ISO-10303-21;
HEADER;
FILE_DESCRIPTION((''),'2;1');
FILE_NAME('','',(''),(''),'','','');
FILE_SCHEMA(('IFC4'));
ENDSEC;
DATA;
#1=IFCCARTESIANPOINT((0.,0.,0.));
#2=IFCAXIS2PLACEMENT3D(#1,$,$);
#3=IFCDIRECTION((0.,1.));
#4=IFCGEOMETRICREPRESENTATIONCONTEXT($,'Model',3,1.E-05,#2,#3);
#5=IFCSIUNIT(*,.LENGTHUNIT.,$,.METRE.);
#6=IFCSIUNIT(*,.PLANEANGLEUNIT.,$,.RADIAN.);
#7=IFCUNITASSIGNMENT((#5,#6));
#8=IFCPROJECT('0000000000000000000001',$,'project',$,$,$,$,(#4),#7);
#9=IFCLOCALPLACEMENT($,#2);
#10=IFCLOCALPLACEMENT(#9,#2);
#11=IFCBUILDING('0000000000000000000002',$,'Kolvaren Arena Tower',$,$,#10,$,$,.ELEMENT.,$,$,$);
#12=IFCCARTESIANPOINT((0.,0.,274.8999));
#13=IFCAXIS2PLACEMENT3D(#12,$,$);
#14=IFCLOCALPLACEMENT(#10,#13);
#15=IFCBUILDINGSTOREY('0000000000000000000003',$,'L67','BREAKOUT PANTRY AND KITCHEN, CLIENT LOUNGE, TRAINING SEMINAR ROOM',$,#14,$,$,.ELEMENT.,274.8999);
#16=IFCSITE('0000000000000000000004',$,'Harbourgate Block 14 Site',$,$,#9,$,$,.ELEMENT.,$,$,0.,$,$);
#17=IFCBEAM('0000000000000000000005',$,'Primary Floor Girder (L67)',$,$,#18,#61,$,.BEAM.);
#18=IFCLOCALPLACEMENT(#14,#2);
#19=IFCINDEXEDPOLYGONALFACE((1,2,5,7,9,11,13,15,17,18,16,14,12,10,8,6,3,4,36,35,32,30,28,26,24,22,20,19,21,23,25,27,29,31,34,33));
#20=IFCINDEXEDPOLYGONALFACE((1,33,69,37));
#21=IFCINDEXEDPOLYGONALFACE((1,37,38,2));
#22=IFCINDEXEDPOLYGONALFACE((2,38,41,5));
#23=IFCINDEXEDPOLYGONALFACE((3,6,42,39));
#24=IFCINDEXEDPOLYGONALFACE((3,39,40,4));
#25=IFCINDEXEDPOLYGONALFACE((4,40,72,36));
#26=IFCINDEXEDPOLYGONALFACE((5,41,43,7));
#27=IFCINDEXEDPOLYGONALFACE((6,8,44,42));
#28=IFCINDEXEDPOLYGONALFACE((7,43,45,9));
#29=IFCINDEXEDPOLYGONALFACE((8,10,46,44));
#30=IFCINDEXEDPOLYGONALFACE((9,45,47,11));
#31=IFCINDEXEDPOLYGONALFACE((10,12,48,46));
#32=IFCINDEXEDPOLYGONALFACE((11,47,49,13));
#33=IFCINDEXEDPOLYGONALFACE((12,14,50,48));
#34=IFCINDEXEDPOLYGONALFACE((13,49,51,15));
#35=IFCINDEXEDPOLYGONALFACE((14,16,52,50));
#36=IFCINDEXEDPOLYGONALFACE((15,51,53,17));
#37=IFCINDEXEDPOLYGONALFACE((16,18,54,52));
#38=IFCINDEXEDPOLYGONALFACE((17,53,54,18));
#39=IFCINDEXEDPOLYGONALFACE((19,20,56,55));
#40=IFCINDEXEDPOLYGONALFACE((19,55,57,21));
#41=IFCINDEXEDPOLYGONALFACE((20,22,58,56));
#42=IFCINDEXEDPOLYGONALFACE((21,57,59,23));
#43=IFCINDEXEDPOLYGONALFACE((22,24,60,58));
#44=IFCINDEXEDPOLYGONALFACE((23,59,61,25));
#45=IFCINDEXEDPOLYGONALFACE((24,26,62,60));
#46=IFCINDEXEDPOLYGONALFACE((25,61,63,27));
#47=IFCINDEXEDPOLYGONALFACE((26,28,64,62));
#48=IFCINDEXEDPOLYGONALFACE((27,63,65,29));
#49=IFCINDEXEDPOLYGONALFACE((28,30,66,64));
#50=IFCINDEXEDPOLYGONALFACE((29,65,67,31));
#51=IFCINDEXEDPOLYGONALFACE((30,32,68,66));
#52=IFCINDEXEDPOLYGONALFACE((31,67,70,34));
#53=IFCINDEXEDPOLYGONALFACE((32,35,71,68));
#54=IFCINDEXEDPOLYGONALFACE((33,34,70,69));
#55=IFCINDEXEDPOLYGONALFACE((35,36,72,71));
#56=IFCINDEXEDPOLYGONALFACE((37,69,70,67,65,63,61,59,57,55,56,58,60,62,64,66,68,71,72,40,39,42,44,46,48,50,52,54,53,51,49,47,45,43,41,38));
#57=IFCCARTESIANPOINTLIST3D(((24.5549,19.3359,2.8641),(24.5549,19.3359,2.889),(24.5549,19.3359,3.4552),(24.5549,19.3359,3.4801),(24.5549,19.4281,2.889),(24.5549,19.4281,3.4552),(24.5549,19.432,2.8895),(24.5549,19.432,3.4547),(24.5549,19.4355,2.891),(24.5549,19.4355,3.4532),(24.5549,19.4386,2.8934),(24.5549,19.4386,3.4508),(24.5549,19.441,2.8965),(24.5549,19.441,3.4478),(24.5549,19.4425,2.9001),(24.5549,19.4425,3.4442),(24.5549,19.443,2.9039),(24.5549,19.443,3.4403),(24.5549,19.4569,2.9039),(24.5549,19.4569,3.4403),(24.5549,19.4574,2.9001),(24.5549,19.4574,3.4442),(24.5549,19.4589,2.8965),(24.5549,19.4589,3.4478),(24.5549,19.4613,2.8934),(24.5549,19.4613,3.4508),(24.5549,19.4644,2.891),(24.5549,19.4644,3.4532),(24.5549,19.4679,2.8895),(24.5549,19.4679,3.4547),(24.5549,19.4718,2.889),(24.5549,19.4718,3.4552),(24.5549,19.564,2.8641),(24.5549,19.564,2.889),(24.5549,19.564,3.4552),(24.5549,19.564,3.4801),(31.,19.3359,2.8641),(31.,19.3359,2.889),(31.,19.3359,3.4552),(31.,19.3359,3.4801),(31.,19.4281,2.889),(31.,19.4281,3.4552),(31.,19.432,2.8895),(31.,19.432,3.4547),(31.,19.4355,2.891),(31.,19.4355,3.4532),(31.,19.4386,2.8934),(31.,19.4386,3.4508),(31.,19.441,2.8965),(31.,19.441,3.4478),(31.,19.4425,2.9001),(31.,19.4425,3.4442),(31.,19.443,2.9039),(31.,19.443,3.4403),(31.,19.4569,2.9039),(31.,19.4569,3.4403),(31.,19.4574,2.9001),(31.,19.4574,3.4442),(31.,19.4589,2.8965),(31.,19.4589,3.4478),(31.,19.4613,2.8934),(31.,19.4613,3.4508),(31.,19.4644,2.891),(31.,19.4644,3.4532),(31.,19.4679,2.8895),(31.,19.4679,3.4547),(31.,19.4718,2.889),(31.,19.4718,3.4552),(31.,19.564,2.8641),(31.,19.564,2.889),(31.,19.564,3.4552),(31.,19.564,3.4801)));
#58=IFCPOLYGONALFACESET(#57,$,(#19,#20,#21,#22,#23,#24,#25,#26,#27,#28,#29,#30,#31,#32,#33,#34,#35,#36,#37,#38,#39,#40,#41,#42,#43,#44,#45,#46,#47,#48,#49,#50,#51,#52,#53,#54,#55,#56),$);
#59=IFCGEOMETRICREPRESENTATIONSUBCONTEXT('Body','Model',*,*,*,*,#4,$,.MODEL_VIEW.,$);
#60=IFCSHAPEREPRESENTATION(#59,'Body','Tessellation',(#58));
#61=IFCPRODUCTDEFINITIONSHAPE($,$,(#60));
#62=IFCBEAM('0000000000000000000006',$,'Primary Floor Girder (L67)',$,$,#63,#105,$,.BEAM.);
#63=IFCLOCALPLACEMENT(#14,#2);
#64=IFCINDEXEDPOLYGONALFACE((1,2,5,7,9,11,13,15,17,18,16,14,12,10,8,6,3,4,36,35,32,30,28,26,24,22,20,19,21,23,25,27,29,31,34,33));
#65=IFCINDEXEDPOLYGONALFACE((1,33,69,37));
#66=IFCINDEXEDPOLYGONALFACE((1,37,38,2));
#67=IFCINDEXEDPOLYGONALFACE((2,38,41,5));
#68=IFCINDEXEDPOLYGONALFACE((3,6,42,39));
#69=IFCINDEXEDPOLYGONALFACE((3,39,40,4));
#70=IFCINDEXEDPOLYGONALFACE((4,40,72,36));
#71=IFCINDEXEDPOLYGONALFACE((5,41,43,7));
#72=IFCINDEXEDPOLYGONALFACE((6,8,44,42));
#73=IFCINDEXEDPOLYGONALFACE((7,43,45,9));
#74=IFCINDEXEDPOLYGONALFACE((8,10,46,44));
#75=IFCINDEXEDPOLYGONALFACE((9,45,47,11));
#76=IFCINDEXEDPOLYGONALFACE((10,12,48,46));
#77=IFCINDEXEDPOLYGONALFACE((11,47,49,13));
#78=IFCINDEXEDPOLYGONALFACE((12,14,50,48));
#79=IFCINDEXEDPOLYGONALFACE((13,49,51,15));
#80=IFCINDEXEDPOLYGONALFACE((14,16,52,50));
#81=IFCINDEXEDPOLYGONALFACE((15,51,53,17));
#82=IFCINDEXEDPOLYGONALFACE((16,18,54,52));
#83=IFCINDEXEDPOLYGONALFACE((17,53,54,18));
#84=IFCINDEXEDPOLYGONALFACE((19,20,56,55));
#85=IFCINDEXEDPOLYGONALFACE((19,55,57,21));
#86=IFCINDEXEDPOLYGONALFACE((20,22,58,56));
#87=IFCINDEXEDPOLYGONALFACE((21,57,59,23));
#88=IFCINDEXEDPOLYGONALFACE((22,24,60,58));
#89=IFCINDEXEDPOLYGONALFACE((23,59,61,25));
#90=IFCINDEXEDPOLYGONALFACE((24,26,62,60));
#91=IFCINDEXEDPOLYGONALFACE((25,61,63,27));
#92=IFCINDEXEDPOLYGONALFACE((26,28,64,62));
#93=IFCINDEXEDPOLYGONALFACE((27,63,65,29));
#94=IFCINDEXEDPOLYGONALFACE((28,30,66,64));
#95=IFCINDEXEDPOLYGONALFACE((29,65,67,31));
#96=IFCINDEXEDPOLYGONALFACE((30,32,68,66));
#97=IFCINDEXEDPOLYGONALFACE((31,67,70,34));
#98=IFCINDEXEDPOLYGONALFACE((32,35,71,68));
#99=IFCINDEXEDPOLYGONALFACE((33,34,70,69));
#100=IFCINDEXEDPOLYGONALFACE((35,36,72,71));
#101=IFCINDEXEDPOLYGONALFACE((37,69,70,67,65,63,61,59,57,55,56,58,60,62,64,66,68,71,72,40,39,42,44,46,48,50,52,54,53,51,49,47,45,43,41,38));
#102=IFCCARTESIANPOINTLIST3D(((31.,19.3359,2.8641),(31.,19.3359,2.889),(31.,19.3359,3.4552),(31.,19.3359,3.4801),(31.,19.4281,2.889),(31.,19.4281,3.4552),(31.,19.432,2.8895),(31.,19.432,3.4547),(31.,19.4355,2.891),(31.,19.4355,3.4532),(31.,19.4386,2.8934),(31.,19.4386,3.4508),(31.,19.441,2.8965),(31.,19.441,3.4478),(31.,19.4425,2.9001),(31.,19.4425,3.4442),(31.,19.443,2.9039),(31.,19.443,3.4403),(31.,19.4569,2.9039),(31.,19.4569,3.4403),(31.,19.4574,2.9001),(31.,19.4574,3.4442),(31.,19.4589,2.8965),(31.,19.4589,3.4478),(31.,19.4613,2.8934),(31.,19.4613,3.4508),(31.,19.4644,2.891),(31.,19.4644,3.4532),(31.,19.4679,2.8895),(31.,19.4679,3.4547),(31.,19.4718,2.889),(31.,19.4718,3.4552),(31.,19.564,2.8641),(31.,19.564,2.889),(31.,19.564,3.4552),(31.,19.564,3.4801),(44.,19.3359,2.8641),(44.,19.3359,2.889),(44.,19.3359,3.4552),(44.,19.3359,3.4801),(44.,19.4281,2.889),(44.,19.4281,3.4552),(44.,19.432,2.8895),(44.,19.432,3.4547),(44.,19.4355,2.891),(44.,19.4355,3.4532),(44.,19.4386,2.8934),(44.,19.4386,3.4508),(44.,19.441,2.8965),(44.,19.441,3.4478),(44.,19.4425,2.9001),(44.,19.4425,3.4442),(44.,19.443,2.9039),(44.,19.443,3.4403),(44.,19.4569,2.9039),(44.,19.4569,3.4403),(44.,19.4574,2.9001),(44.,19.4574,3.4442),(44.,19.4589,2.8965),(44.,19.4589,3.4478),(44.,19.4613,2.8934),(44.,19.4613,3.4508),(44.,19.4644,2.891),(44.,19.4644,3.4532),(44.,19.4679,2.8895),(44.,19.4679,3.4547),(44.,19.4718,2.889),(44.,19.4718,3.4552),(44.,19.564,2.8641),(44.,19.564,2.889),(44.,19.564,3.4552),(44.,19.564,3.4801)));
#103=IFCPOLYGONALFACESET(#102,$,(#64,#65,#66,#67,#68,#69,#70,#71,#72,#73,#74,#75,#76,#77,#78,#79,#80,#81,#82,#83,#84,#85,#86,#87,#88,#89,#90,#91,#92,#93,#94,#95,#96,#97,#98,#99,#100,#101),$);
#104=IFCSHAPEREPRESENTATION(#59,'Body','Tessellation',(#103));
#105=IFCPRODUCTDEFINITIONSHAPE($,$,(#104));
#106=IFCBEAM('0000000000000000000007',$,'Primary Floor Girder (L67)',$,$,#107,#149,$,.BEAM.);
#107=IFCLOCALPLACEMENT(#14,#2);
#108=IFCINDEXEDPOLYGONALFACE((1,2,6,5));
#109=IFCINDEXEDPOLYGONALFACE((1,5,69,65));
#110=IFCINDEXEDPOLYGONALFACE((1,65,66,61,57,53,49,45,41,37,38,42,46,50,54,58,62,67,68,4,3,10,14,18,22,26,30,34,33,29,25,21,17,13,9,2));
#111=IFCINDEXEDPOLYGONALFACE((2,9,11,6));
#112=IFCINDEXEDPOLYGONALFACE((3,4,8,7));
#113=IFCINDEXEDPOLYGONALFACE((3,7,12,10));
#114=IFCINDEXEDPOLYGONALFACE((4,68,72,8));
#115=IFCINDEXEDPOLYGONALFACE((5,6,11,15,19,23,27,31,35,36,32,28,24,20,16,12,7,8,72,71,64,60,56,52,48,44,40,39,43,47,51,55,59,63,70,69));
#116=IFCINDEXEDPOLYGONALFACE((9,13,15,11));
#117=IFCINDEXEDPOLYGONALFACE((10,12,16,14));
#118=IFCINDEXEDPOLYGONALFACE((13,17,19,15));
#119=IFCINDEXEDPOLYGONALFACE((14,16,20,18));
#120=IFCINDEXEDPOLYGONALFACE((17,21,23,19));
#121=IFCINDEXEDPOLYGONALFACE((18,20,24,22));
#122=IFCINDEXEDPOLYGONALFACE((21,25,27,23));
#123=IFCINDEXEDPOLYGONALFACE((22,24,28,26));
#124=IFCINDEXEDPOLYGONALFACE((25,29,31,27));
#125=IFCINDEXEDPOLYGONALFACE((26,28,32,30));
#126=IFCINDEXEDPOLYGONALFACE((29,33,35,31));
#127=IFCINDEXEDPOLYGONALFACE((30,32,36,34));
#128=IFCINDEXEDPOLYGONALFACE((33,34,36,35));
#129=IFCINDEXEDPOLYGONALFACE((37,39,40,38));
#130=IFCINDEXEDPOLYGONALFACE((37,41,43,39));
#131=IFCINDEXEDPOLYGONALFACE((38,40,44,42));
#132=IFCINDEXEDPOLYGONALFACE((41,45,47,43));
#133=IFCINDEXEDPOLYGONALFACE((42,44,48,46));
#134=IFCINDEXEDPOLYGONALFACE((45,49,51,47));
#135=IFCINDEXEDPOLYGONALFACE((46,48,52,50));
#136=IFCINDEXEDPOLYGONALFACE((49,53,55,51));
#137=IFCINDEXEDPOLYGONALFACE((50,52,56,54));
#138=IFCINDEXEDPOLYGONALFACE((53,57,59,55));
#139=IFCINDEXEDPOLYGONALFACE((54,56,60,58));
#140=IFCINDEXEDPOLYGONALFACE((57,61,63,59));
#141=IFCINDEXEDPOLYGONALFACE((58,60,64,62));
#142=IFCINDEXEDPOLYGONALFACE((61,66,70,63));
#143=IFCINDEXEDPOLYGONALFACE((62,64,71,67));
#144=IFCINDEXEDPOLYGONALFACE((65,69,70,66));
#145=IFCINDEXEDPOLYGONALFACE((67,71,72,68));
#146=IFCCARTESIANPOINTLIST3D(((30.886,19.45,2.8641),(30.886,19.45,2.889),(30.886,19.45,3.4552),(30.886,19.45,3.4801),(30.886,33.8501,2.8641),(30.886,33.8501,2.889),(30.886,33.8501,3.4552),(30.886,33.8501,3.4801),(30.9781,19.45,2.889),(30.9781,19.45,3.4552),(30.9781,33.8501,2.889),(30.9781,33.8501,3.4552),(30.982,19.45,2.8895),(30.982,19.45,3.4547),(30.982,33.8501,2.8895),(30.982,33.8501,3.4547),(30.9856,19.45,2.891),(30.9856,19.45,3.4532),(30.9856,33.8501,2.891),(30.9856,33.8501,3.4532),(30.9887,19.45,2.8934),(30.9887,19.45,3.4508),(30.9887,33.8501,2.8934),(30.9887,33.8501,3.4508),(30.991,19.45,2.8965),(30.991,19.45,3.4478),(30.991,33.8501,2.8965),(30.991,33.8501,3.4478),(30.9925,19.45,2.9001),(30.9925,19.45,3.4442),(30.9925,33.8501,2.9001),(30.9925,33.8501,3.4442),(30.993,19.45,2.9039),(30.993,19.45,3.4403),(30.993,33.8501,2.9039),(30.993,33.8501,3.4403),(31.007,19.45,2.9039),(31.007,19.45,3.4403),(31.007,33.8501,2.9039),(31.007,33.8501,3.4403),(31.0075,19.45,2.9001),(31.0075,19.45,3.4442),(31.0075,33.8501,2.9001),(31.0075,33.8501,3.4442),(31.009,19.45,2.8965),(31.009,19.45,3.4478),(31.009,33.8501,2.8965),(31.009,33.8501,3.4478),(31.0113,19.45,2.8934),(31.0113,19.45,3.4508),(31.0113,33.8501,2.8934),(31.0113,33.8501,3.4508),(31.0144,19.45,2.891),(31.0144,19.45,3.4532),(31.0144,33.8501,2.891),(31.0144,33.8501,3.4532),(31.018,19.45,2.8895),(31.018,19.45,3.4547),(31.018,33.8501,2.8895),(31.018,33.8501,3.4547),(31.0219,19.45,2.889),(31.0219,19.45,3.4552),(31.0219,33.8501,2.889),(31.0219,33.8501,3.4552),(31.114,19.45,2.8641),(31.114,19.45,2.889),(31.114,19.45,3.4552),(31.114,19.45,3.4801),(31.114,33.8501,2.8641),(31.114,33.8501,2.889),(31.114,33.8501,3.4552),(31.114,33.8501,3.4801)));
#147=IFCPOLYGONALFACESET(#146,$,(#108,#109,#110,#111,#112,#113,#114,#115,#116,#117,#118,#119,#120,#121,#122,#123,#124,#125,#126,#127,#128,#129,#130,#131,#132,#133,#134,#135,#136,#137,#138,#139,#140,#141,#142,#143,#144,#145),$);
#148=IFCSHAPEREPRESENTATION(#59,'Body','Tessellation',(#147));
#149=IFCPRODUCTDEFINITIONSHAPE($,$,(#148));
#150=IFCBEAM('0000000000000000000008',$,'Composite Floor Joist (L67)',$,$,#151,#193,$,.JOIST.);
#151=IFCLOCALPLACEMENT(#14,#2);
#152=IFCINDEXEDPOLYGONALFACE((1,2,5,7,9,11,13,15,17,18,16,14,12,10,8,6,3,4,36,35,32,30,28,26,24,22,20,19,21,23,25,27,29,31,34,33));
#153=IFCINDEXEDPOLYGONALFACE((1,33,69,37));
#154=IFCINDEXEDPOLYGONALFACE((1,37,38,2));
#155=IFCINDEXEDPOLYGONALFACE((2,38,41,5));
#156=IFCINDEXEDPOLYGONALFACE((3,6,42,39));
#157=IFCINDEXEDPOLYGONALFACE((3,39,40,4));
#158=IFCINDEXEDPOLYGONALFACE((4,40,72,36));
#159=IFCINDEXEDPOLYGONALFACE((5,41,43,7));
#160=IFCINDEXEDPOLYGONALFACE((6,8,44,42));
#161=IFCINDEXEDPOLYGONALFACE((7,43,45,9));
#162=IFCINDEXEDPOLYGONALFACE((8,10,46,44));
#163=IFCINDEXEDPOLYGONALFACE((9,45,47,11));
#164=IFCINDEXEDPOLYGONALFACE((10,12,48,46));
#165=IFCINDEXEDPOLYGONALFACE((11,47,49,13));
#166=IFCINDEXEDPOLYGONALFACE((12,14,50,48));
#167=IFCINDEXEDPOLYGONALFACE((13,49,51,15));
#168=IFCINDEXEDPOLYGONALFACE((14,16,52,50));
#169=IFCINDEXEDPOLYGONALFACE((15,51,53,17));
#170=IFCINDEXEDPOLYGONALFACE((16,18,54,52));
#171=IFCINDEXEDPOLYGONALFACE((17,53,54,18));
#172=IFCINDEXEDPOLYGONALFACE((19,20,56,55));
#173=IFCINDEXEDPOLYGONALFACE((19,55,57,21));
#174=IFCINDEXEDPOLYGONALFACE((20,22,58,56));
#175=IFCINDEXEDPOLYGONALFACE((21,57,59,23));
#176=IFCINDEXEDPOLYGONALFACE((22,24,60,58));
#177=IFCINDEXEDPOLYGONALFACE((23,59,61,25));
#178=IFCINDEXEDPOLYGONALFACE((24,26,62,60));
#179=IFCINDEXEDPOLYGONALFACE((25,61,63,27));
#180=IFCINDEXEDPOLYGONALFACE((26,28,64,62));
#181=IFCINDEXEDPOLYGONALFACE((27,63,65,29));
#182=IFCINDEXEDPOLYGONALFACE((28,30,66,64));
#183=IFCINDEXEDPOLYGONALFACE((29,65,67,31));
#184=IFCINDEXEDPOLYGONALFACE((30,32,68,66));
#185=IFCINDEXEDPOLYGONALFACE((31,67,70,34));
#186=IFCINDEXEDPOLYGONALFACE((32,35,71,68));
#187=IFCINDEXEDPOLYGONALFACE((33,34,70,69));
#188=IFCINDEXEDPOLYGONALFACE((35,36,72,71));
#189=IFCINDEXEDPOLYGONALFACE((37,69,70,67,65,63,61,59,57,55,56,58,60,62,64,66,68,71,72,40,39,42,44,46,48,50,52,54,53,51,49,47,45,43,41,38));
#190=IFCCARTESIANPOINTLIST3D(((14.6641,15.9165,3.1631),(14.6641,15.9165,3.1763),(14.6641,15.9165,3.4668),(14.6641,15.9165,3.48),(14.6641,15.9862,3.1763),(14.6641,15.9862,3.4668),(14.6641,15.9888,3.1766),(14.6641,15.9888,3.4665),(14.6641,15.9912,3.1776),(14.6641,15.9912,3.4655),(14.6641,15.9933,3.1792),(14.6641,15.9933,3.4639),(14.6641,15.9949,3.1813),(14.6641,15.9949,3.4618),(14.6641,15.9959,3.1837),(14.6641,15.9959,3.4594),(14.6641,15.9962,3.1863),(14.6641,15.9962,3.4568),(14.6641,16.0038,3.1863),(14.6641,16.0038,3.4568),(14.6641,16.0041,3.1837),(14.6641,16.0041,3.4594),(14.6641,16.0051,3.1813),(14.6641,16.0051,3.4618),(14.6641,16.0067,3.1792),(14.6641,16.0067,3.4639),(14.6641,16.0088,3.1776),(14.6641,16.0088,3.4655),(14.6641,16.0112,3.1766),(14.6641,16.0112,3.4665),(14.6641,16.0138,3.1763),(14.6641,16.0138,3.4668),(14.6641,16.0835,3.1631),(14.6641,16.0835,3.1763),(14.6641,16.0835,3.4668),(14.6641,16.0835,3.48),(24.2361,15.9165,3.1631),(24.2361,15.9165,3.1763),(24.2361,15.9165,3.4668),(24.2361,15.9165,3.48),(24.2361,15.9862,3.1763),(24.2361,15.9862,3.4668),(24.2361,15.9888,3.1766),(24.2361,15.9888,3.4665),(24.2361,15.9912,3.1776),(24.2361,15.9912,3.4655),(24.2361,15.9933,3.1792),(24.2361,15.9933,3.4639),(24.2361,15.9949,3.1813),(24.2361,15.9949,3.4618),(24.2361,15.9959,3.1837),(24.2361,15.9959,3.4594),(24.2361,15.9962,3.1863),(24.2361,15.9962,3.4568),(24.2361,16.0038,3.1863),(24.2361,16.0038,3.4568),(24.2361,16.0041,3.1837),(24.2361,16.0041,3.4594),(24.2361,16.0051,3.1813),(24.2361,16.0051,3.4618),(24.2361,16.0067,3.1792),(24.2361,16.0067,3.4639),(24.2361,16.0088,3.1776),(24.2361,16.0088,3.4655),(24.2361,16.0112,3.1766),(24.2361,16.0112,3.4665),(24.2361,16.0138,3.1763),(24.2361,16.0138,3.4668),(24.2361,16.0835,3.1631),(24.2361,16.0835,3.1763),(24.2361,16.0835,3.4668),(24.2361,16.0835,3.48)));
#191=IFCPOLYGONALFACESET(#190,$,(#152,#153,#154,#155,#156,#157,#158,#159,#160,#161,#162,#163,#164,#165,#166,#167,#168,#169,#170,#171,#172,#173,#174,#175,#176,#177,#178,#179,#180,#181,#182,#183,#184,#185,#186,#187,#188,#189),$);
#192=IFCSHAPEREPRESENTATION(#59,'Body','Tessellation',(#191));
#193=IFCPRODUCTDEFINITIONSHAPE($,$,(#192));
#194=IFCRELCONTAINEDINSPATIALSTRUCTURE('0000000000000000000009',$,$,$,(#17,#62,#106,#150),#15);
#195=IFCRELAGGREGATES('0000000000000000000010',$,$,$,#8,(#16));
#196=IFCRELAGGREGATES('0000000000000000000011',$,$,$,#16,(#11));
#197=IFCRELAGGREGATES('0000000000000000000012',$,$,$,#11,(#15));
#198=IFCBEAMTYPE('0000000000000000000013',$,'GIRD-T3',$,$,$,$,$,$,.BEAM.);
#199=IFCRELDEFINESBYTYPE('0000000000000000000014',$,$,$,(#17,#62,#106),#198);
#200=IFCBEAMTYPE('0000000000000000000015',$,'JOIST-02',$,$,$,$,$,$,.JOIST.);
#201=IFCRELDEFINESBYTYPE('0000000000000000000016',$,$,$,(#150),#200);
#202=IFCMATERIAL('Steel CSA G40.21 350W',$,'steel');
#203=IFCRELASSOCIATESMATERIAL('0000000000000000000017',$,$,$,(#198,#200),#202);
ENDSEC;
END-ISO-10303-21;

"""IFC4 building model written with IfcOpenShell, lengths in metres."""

from ifc_helpers import new_model, si_unit, direction, frame, origin, origin_2d, place, context, subcontext, project, spatial, i_section, extrude, material, material_profile, profile_set, type_object, element, save


model = new_model("IFC4")

# Units and contexts
model_context = context("Model", 3, precision=1e-05, world=origin(), true_north=direction((0.0, 1.0)))
body_context = subcontext(model_context, "Body", "Model", "MODEL_VIEW")
ifc_project = project(units=[si_unit("LENGTHUNIT", "METRE"), si_unit("PLANEANGLEUNIT", "RADIAN")], contexts=[model_context])

# Site, building, storey
site_placement = place(None, origin())
site = spatial("IfcSite", under=ifc_project, at=site_placement, Name="Harbourgate Block 14 Site", CompositionType="ELEMENT", RefElevation=0.0)
building_placement = place(site_placement, origin())
building = spatial("IfcBuilding", under=site, at=building_placement, Name="Kolvaren Arena Tower", CompositionType="ELEMENT")
storey_placement = place(building_placement, frame((0.0, 0.0, 274.8999)))
storey = spatial("IfcBuildingStorey", under=building, at=storey_placement, Name="L67", Description="BREAKOUT PANTRY AND KITCHEN, CLIENT LOUNGE, TRAINING SEMINAR ROOM", CompositionType="ELEMENT", Elevation=274.8999)

# Beams
ifc_material_1 = material(Name="Steel CSA G40.21 350W", Category="steel")
ifc_material_profile_1 = material_profile(ifc_material_1, i_section(OverallWidth=0.228, OverallDepth=0.616, WebThickness=0.0139, FlangeThickness=0.0249, FilletRadius=0.0149, at=origin_2d()), Name="W610x174")
ifc_profile_set_1 = profile_set([ifc_material_profile_1], Name="Steel CSA G40.21 350W")
beam_type_1 = type_object("IfcBeamType", Name="GIRD-T3", PredefinedType="BEAM", material=ifc_profile_set_1)
beam_1_placement = place(storey_placement, frame((24.5549, 19.45, 3.1721), z_axis=(1.0, 0.0, 0.0), x_axis=(0.0, 1.0, 0.0)))
element("IfcBeam", 1, at=beam_1_placement, inside=storey, type_object=beam_type_1, Name="Primary Floor Girder (L67)", PredefinedType="BEAM", context=body_context, shape_type="SweptSolid", body=[
    extrude(i_section(OverallWidth=0.228, OverallDepth=0.616, WebThickness=0.0139, FlangeThickness=0.0249, FilletRadius=0.0149, at=origin_2d()), origin(), (0.0, 0.0, 1.0), 6.4451),
])
beam_2_placement = place(storey_placement, frame((31.0, 19.45, 3.1721), z_axis=(1.0, 0.0, 0.0), x_axis=(0.0, 1.0, 0.0)))
element("IfcBeam", 2, at=beam_2_placement, inside=storey, type_object=beam_type_1, Name="Primary Floor Girder (L67)", PredefinedType="BEAM", context=body_context, shape_type="SweptSolid", body=[
    extrude(i_section(OverallWidth=0.228, OverallDepth=0.616, WebThickness=0.0139, FlangeThickness=0.0249, FilletRadius=0.0149, at=origin_2d()), origin(), (0.0, 0.0, 1.0), 13.0),
])
beam_3_placement = place(storey_placement, frame((31.0, 19.45, 3.1721), z_axis=(0.0, 1.0, 0.0), x_axis=(-1.0, 0.0, 0.0)))
element("IfcBeam", 3, at=beam_3_placement, inside=storey, type_object=beam_type_1, Name="Primary Floor Girder (L67)", PredefinedType="BEAM", context=body_context, shape_type="SweptSolid", body=[
    extrude(i_section(OverallWidth=0.228, OverallDepth=0.616, WebThickness=0.0139, FlangeThickness=0.0249, FilletRadius=0.0149, at=origin_2d()), origin(), (0.0, 0.0, 1.0), 14.4001),
])
ifc_material_profile_2 = material_profile(ifc_material_1, i_section(OverallWidth=0.167, OverallDepth=0.3169, WebThickness=0.0076, FlangeThickness=0.0132, FilletRadius=0.01, at=origin_2d()), Name="W310x52")
ifc_profile_set_2 = profile_set([ifc_material_profile_2], Name="Steel CSA G40.21 350W")
beam_type_2 = type_object("IfcBeamType", Name="JOIST-02", PredefinedType="JOIST", material=ifc_profile_set_2)
beam_4_placement = place(storey_placement, frame((14.6641, 16.0, 3.3215), z_axis=(1.0, 0.0, 0.0), x_axis=(0.0, 1.0, 0.0)))
element("IfcBeam", 4, at=beam_4_placement, inside=storey, type_object=beam_type_2, Name="Composite Floor Joist (L67)", PredefinedType="JOIST", context=body_context, shape_type="SweptSolid", body=[
    extrude(i_section(OverallWidth=0.167, OverallDepth=0.3169, WebThickness=0.0076, FlangeThickness=0.0132, FilletRadius=0.01, at=origin_2d()), origin(), (0.0, 0.0, 1.0), 9.572),
])

save(model, "model.ifc")
